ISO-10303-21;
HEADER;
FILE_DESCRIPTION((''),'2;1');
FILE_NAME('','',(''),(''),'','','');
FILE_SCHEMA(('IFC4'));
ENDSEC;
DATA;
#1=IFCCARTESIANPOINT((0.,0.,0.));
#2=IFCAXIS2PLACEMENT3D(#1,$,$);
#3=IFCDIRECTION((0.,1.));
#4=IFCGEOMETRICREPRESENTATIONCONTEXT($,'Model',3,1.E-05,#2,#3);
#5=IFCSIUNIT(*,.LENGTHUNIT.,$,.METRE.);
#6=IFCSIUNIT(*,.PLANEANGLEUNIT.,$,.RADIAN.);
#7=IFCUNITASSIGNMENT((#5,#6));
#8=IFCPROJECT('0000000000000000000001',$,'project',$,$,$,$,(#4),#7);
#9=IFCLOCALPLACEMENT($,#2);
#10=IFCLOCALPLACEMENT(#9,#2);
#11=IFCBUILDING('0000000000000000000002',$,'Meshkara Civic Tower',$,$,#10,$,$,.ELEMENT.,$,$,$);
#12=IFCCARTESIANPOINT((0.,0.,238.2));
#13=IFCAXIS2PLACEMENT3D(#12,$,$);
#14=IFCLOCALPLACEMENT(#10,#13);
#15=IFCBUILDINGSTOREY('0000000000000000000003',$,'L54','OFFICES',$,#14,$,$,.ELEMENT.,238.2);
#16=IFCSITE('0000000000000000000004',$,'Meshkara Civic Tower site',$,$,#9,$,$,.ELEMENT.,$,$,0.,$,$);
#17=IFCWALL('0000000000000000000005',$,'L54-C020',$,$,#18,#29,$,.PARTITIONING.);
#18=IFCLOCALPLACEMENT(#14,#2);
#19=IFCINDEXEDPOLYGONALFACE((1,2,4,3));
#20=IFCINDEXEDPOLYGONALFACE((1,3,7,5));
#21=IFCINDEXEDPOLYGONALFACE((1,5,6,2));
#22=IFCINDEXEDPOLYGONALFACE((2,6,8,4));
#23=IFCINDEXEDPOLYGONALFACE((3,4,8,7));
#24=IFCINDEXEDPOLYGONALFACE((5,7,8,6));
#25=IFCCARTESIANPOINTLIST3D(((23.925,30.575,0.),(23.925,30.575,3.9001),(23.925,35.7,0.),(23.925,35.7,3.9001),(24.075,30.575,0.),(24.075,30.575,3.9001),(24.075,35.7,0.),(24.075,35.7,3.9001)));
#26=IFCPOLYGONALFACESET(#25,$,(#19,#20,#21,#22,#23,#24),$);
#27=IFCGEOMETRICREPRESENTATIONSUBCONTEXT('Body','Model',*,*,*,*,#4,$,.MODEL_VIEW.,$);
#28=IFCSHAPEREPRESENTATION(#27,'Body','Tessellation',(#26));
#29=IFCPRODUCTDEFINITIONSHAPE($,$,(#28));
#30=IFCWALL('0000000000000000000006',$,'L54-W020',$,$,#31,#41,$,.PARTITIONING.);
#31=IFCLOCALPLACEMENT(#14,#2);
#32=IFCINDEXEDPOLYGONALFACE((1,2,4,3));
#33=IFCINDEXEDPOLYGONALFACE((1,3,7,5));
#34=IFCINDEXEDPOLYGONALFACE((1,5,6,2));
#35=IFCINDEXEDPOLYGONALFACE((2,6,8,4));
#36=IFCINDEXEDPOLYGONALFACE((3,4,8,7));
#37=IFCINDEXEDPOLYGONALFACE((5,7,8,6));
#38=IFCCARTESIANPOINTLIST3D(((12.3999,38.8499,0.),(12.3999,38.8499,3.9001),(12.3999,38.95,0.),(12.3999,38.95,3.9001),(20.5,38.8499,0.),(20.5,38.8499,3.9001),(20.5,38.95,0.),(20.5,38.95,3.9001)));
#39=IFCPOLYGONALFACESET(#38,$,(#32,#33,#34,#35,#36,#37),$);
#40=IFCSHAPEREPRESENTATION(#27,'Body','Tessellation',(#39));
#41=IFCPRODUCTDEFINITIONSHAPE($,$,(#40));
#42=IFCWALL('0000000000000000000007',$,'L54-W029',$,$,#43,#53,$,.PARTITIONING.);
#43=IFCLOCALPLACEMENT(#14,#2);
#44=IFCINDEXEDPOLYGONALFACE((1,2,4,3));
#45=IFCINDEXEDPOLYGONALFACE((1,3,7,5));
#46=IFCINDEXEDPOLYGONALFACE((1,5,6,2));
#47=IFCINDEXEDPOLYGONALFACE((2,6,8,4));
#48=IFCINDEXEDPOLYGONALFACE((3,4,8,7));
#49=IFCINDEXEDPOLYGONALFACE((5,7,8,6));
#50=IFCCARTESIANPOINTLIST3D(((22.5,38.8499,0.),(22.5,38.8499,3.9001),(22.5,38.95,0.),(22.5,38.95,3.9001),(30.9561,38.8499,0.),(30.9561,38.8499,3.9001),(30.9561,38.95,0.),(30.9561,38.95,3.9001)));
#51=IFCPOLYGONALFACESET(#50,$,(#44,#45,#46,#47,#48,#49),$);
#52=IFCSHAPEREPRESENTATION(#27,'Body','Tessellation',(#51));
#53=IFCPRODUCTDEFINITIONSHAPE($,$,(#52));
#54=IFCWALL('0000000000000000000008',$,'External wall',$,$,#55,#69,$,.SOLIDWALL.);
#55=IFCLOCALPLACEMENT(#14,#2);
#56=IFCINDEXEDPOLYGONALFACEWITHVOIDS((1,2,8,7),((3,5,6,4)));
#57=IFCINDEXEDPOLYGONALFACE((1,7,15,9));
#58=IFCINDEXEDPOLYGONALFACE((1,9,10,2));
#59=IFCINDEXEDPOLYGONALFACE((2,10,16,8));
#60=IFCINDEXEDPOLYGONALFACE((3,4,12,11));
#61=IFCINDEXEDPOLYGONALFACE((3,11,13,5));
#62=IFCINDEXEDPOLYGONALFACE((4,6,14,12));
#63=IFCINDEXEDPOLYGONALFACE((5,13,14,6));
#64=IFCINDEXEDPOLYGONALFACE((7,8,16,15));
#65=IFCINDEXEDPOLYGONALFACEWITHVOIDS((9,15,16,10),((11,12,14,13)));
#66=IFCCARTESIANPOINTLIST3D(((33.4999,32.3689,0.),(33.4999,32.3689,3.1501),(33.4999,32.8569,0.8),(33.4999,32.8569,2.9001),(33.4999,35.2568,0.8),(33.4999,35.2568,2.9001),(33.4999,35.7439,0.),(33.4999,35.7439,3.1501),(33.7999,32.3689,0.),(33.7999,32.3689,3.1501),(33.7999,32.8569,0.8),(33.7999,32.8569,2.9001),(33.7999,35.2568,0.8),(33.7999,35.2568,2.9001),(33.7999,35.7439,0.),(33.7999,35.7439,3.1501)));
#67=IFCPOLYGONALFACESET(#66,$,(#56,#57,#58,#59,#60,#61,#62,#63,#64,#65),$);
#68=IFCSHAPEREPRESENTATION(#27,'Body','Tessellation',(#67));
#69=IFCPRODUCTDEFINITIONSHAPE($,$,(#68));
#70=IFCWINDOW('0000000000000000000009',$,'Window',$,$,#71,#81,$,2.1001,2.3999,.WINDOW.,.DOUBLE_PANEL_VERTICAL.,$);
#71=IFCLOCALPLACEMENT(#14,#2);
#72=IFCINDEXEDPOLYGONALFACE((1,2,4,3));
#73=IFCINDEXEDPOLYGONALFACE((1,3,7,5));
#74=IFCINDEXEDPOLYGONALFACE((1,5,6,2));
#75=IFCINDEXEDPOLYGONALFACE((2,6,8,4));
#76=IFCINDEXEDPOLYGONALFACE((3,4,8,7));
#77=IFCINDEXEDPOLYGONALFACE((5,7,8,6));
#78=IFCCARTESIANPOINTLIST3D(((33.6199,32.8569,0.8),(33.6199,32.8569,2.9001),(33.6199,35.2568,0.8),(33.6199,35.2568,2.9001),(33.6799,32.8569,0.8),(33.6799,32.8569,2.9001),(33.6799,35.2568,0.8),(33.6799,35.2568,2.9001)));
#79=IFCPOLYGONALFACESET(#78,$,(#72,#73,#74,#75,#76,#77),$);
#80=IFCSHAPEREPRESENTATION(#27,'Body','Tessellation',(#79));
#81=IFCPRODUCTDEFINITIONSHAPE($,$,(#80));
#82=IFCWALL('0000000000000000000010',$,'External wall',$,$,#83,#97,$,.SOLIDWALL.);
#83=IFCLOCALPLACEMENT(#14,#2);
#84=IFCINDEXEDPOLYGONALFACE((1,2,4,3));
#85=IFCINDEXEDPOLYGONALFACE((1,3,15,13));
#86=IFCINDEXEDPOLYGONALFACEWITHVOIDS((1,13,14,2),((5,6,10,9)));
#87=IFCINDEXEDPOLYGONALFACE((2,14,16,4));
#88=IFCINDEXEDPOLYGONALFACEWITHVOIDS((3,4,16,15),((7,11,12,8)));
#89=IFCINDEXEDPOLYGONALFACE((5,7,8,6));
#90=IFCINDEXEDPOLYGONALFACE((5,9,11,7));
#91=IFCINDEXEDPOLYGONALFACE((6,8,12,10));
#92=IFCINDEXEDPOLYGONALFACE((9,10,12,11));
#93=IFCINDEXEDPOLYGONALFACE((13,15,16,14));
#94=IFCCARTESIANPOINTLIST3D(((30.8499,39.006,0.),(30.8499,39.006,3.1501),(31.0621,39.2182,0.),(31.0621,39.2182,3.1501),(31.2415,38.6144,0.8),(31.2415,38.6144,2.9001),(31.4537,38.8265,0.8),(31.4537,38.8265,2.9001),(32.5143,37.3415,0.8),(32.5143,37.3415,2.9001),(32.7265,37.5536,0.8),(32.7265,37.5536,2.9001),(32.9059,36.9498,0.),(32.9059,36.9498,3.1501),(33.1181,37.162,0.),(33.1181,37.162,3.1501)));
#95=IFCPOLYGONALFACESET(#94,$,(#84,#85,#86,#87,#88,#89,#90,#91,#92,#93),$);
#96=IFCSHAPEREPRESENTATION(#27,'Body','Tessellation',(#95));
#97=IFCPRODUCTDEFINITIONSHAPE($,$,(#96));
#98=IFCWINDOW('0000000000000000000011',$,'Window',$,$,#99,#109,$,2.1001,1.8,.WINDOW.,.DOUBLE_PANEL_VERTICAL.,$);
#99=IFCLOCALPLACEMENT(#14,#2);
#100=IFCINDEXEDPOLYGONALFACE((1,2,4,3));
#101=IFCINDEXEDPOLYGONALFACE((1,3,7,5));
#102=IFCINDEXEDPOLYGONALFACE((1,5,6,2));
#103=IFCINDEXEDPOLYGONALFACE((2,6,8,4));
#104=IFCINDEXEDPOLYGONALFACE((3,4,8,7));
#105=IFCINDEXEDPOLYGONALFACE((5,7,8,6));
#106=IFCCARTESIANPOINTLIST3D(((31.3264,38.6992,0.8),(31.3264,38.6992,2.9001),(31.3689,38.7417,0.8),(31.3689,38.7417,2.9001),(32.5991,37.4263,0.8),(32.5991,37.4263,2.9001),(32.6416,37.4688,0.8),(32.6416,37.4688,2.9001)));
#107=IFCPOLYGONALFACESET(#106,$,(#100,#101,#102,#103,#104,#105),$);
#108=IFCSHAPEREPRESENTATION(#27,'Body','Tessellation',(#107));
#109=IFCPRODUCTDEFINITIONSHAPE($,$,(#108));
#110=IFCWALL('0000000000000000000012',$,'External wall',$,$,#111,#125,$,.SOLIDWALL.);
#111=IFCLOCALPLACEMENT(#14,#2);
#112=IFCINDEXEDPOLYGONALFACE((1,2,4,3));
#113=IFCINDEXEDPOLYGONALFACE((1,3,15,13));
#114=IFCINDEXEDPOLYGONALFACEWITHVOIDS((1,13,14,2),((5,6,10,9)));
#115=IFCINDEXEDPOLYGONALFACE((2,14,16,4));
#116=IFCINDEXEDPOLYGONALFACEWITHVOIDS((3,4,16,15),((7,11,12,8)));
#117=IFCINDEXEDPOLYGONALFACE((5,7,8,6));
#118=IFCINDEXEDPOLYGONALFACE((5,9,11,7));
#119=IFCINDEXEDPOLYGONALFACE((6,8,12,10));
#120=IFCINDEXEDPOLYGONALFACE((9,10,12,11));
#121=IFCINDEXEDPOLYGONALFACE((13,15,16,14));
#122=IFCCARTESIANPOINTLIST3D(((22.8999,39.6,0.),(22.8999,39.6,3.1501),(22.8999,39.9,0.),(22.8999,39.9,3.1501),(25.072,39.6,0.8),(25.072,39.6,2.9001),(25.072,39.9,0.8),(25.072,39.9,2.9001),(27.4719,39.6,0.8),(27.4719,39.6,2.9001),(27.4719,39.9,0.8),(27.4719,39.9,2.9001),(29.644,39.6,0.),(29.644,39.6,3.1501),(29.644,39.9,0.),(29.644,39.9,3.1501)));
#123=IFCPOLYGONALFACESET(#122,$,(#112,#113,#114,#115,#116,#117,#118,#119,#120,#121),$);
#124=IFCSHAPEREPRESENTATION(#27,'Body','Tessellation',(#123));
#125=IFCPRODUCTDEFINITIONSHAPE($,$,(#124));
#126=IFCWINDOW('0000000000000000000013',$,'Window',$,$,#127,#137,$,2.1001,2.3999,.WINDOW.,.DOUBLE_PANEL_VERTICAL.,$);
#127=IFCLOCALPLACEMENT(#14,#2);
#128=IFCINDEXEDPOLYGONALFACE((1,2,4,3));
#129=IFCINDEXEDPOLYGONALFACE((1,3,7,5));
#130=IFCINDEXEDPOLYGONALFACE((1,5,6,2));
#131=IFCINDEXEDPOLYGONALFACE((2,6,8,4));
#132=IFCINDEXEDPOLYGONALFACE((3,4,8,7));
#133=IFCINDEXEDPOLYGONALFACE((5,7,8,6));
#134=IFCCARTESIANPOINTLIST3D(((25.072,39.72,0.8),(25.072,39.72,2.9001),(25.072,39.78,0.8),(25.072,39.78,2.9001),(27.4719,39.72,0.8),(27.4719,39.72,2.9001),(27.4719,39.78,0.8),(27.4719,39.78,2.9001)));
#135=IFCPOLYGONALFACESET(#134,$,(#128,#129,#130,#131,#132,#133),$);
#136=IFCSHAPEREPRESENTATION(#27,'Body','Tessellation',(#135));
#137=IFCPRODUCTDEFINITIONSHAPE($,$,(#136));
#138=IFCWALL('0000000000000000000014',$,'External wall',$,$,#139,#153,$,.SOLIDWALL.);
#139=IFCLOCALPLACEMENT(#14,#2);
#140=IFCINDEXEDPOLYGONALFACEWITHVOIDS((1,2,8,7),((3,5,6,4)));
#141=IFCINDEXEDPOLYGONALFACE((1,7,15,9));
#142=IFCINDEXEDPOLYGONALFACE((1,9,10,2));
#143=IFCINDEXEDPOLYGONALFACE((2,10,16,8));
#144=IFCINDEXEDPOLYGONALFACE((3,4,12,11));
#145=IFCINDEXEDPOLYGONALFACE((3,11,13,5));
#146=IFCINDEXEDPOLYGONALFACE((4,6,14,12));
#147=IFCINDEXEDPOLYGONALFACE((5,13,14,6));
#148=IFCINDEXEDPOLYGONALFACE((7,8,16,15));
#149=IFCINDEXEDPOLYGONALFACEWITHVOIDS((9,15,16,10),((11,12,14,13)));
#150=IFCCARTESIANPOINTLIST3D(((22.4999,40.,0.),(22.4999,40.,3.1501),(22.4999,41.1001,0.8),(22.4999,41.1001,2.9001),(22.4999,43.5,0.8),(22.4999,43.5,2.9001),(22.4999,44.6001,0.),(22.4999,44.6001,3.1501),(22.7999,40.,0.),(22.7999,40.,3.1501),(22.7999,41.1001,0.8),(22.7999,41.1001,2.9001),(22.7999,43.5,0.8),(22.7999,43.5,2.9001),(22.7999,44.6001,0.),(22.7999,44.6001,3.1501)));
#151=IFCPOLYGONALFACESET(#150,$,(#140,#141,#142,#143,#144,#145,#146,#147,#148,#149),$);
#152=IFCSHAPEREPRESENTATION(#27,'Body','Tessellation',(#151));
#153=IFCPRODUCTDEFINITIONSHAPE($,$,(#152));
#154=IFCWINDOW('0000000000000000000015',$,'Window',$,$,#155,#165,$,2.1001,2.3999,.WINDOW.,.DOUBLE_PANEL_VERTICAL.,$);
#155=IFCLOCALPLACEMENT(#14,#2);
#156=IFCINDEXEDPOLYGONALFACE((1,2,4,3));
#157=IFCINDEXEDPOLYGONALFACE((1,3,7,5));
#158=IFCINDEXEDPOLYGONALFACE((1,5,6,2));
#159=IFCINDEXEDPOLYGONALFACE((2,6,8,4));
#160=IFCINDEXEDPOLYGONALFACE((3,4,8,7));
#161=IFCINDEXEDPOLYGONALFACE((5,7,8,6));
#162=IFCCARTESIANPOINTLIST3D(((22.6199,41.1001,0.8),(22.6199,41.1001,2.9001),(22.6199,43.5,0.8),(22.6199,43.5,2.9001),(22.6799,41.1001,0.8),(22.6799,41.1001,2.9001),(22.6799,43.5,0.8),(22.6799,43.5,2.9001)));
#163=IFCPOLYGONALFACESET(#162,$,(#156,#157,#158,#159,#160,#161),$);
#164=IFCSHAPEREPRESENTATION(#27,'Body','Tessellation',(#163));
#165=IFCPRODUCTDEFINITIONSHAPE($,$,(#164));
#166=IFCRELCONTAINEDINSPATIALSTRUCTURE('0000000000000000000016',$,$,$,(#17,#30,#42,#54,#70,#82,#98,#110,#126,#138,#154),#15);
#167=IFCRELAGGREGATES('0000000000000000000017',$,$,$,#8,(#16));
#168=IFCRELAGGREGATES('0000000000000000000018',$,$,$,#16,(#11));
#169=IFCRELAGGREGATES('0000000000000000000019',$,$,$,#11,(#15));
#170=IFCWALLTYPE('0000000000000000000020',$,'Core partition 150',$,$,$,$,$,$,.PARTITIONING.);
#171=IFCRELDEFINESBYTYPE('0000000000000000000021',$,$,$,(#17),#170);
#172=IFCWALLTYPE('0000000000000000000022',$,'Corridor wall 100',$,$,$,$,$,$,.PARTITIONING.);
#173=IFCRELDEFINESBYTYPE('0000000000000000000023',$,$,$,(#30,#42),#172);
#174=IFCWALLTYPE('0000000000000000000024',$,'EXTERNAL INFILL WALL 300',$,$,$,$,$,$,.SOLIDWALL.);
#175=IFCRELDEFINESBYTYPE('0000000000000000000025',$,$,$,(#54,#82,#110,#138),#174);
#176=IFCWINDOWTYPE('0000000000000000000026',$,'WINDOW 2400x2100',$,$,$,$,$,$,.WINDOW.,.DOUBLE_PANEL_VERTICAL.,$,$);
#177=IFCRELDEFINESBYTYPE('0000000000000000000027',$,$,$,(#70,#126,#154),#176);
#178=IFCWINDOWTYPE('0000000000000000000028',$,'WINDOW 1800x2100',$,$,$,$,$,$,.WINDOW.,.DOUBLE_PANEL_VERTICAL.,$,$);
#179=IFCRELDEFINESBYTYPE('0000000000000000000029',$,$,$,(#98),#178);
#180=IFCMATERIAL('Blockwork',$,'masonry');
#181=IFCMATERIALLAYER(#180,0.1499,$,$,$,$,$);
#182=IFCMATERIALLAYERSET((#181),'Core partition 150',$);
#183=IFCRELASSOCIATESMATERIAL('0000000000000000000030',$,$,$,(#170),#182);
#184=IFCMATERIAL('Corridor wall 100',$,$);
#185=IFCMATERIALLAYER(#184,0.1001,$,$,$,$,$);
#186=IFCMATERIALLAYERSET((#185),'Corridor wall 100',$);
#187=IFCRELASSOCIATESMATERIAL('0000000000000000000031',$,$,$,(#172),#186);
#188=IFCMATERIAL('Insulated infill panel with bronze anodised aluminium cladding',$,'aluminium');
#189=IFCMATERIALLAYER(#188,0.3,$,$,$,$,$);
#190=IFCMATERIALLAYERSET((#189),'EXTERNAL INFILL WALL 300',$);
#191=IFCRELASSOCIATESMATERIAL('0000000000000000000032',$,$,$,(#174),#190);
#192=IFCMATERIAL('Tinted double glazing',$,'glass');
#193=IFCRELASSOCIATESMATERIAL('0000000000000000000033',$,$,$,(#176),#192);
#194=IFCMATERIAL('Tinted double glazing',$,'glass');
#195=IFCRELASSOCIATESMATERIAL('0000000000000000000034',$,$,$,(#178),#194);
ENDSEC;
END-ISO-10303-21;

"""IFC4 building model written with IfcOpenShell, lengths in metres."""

from ifc_helpers import new_model, si_unit, direction, frame, frame_2d, origin, place, context, subcontext, project, spatial, rectangle, extrude, material, layer, layer_set, type_object, element, fill, save


model = new_model("IFC4")

# Units and contexts
model_context = context("Model", 3, precision=1e-05, world=origin(), true_north=direction((0.0, 1.0)))
body_context = subcontext(model_context, "Body", "Model", "MODEL_VIEW")
ifc_project = project(units=[si_unit("LENGTHUNIT", "METRE"), si_unit("PLANEANGLEUNIT", "RADIAN")], contexts=[model_context])

# Site, building, storey
site_placement = place(None, origin())
site = spatial("IfcSite", under=ifc_project, at=site_placement, Name="Meshkara Civic Tower site", CompositionType="ELEMENT", RefElevation=0.0)
building_placement = place(site_placement, origin())
building = spatial("IfcBuilding", under=site, at=building_placement, Name="Meshkara Civic Tower", CompositionType="ELEMENT")
storey_placement = place(building_placement, frame((0.0, 0.0, 238.2)))
storey = spatial("IfcBuildingStorey", under=building, at=storey_placement, Name="L54", Description="OFFICES", CompositionType="ELEMENT", Elevation=238.2)

# Shared definitions
ifc_material_1 = material(Name="Blockwork", Category="masonry")
ifc_layer_1 = layer(ifc_material_1, 0.1499)
ifc_layer_set_1 = layer_set([ifc_layer_1], Name="Core partition 150")
wall_type_1 = type_object("IfcWallType", Name="Core partition 150", PredefinedType="PARTITIONING", material=ifc_layer_set_1)

# Walls
for number, where, z_axis, x_axis, name in (
    (1, (24.0, 30.575, 0.0), (0.0, 0.0, 1.0), (0.0, 1.0, 0.0), "L54-C020"),
):
    element("IfcWall", number, at=place(storey_placement, frame(where, z_axis=z_axis, x_axis=x_axis)), inside=storey, type_object=wall_type_1, Name=name, PredefinedType="PARTITIONING", context=body_context, shape_type="SweptSolid", body=[
        extrude(rectangle(XDim=5.125, YDim=0.1499, at=frame_2d((2.5625, 0.0))), origin(), (0.0, 0.0, 1.0), 3.9001),
    ])
ifc_material_2 = material(Name="Corridor wall 100")
ifc_layer_2 = layer(ifc_material_2, 0.1001)
ifc_layer_set_2 = layer_set([ifc_layer_2], Name="Corridor wall 100")
wall_type_2 = type_object("IfcWallType", Name="Corridor wall 100", PredefinedType="PARTITIONING", material=ifc_layer_set_2)
wall_1_placement = place(storey_placement, frame((20.5, 38.8999, 0.0), z_axis=(0.0, 0.0, 1.0), x_axis=(-1.0, 0.0, 0.0)))
element("IfcWall", 2, at=wall_1_placement, inside=storey, type_object=wall_type_2, Name="L54-W020", PredefinedType="PARTITIONING", context=body_context, shape_type="SweptSolid", body=[
    extrude(rectangle(XDim=8.1001, YDim=0.1001, at=frame_2d((4.05, 0.0))), origin(), (0.0, 0.0, 1.0), 3.9001),
])
wall_2_placement = place(storey_placement, frame((30.9561, 38.8999, 0.0), z_axis=(0.0, 0.0, 1.0), x_axis=(-1.0, 0.0, 0.0)))
element("IfcWall", 3, at=wall_2_placement, inside=storey, type_object=wall_type_2, Name="L54-W029", PredefinedType="PARTITIONING", context=body_context, shape_type="SweptSolid", body=[
    extrude(rectangle(XDim=8.4561, YDim=0.1001, at=frame_2d((4.228, 0.0))), origin(), (0.0, 0.0, 1.0), 3.9001),
])

# Walls, openings, windows
ifc_material_3 = material(Name="Insulated infill panel with bronze anodised aluminium cladding", Category="aluminium")
ifc_layer_3 = layer(ifc_material_3, 0.3)
ifc_layer_set_3 = layer_set([ifc_layer_3], Name="EXTERNAL INFILL WALL 300")
wall_type_3 = type_object("IfcWallType", Name="EXTERNAL INFILL WALL 300", PredefinedType="SOLIDWALL", material=ifc_layer_set_3)
wall_3_placement = place(storey_placement, frame((33.6499, 32.3689, 0.0), z_axis=(0.0, 0.0, 1.0), x_axis=(0.0, 1.0, 0.0)))
wall_3 = element("IfcWall", 4, at=wall_3_placement, inside=storey, type_object=wall_type_3, Name="External wall", PredefinedType="SOLIDWALL", context=body_context, shape_type="SweptSolid", body=[
    extrude(rectangle(XDim=3.375, YDim=0.3, at=frame_2d((1.6875, 0.0))), origin(), (0.0, 0.0, 1.0), 3.1501),
])
opening_1_placement = place(wall_3_placement, frame((0.488, 0.0, 0.8)))
opening_1 = element("IfcOpeningElement", 5, at=opening_1_placement, cuts=wall_3, PredefinedType="OPENING", context=body_context, shape_type="SweptSolid", body=[
    extrude(rectangle(XDim=2.3999, YDim=2.1001, at=frame_2d((1.2, 1.05))), frame((0.0, 0.1599, 0.0), z_axis=(0.0, -1.0, 0.0), x_axis=(1.0, 0.0, 0.0)), (0.0, 0.0, 1.0), 0.3201),
])
ifc_material_4 = material(Name="Tinted double glazing", Category="glass")
window_type_1 = type_object("IfcWindowType", Name="WINDOW 2400x2100", PartitioningType="DOUBLE_PANEL_VERTICAL", PredefinedType="WINDOW", material=ifc_material_4)
window_1_placement = place(opening_1_placement, origin())
window_1 = element("IfcWindow", 6, at=window_1_placement, inside=storey, type_object=window_type_1, Name="Window", OverallHeight=2.1001, OverallWidth=2.3999, PartitioningType="DOUBLE_PANEL_VERTICAL", PredefinedType="WINDOW", context=body_context, shape_type="SweptSolid", body=[
    extrude(rectangle(XDim=2.3999, YDim=2.1001, at=frame_2d((1.2, 1.05))), frame((0.0, 0.03, 0.0), z_axis=(0.0, -1.0, 0.0), x_axis=(1.0, 0.0, 0.0)), (0.0, 0.0, 1.0), 0.0601),
])
fill(opening_1, window_1)
wall_4_placement = place(storey_placement, frame((33.012, 37.0559, 0.0), z_axis=(0.0, 0.0, 1.0), x_axis=(-0.707065, 0.707149, 0.0)))
wall_4 = element("IfcWall", 7, at=wall_4_placement, inside=storey, type_object=wall_type_3, Name="External wall", PredefinedType="SOLIDWALL", context=body_context, shape_type="SweptSolid", body=[
    extrude(rectangle(XDim=2.9077, YDim=0.3, at=frame_2d((1.4539, 0.0))), origin(), (0.0, 0.0, 1.0), 3.1501),
])
opening_2_placement = place(wall_4_placement, frame((0.554, 0.0, 0.8)))
opening_2 = element("IfcOpeningElement", 8, at=opening_2_placement, cuts=wall_4, PredefinedType="OPENING", context=body_context, shape_type="SweptSolid", body=[
    extrude(rectangle(XDim=1.8, YDim=2.1001, at=frame_2d((0.8999, 1.05))), frame((0.0, 0.1599, 0.0), z_axis=(0.0, -1.0, 0.0), x_axis=(1.0, 0.0, 0.0)), (0.0, 0.0, 1.0), 0.3201),
])
ifc_material_5 = material(Name="Tinted double glazing", Category="glass")
window_type_2 = type_object("IfcWindowType", Name="WINDOW 1800x2100", PartitioningType="DOUBLE_PANEL_VERTICAL", PredefinedType="WINDOW", material=ifc_material_5)
window_2_placement = place(opening_2_placement, origin())
window_2 = element("IfcWindow", 9, at=window_2_placement, inside=storey, type_object=window_type_2, Name="Window", OverallHeight=2.1001, OverallWidth=1.8, PartitioningType="DOUBLE_PANEL_VERTICAL", PredefinedType="WINDOW", context=body_context, shape_type="SweptSolid", body=[
    extrude(rectangle(XDim=1.8, YDim=2.1001, at=frame_2d((0.8999, 1.05))), frame((0.0, 0.03, 0.0), z_axis=(0.0, -1.0, 0.0), x_axis=(1.0, 0.0, 0.0)), (0.0, 0.0, 1.0), 0.0601),
])
fill(opening_2, window_2)
wall_5_placement = place(storey_placement, frame((29.644, 39.75, 0.0), z_axis=(0.0, 0.0, 1.0), x_axis=(-1.0, 0.0, 0.0)))
wall_5 = element("IfcWall", 10, at=wall_5_placement, inside=storey, type_object=wall_type_3, Name="External wall", PredefinedType="SOLIDWALL", context=body_context, shape_type="SweptSolid", body=[
    extrude(rectangle(XDim=6.7441, YDim=0.3, at=frame_2d((3.3721, 0.0))), origin(), (0.0, 0.0, 1.0), 3.1501),
])
opening_3_placement = place(wall_5_placement, frame((2.1721, 0.0, 0.8)))
opening_3 = element("IfcOpeningElement", 11, at=opening_3_placement, cuts=wall_5, PredefinedType="OPENING", context=body_context, shape_type="SweptSolid", body=[
    extrude(rectangle(XDim=2.3999, YDim=2.1001, at=frame_2d((1.2, 1.05))), frame((0.0, 0.1599, 0.0), z_axis=(0.0, -1.0, 0.0), x_axis=(1.0, 0.0, 0.0)), (0.0, 0.0, 1.0), 0.3201),
])
window_3_placement = place(opening_3_placement, origin())
window_3 = element("IfcWindow", 12, at=window_3_placement, inside=storey, type_object=window_type_1, Name="Window", OverallHeight=2.1001, OverallWidth=2.3999, PartitioningType="DOUBLE_PANEL_VERTICAL", PredefinedType="WINDOW", context=body_context, shape_type="SweptSolid", body=[
    extrude(rectangle(XDim=2.3999, YDim=2.1001, at=frame_2d((1.2, 1.05))), frame((0.0, 0.03, 0.0), z_axis=(0.0, -1.0, 0.0), x_axis=(1.0, 0.0, 0.0)), (0.0, 0.0, 1.0), 0.0601),
])
fill(opening_3, window_3)
wall_6_placement = place(storey_placement, frame((22.6499, 40.0, 0.0), z_axis=(0.0, 0.0, 1.0), x_axis=(0.0, 1.0, 0.0)))
wall_6 = element("IfcWall", 13, at=wall_6_placement, inside=storey, type_object=wall_type_3, Name="External wall", PredefinedType="SOLIDWALL", context=body_context, shape_type="SweptSolid", body=[
    extrude(rectangle(XDim=4.6001, YDim=0.3, at=frame_2d((2.3, 0.0))), origin(), (0.0, 0.0, 1.0), 3.1501),
])
opening_4_placement = place(wall_6_placement, frame((1.1001, 0.0, 0.8)))
opening_4 = element("IfcOpeningElement", 14, at=opening_4_placement, cuts=wall_6, PredefinedType="OPENING", context=body_context, shape_type="SweptSolid", body=[
    extrude(rectangle(XDim=2.3999, YDim=2.1001, at=frame_2d((1.2, 1.05))), frame((0.0, 0.1599, 0.0), z_axis=(0.0, -1.0, 0.0), x_axis=(1.0, 0.0, 0.0)), (0.0, 0.0, 1.0), 0.3201),
])
window_4_placement = place(opening_4_placement, origin())
window_4 = element("IfcWindow", 15, at=window_4_placement, inside=storey, type_object=window_type_1, Name="Window", OverallHeight=2.1001, OverallWidth=2.3999, PartitioningType="DOUBLE_PANEL_VERTICAL", PredefinedType="WINDOW", context=body_context, shape_type="SweptSolid", body=[
    extrude(rectangle(XDim=2.3999, YDim=2.1001, at=frame_2d((1.2, 1.05))), frame((0.0, 0.03, 0.0), z_axis=(0.0, -1.0, 0.0), x_axis=(1.0, 0.0, 0.0)), (0.0, 0.0, 1.0), 0.0601),
])
fill(opening_4, window_4)

save(model, "model.ifc")
